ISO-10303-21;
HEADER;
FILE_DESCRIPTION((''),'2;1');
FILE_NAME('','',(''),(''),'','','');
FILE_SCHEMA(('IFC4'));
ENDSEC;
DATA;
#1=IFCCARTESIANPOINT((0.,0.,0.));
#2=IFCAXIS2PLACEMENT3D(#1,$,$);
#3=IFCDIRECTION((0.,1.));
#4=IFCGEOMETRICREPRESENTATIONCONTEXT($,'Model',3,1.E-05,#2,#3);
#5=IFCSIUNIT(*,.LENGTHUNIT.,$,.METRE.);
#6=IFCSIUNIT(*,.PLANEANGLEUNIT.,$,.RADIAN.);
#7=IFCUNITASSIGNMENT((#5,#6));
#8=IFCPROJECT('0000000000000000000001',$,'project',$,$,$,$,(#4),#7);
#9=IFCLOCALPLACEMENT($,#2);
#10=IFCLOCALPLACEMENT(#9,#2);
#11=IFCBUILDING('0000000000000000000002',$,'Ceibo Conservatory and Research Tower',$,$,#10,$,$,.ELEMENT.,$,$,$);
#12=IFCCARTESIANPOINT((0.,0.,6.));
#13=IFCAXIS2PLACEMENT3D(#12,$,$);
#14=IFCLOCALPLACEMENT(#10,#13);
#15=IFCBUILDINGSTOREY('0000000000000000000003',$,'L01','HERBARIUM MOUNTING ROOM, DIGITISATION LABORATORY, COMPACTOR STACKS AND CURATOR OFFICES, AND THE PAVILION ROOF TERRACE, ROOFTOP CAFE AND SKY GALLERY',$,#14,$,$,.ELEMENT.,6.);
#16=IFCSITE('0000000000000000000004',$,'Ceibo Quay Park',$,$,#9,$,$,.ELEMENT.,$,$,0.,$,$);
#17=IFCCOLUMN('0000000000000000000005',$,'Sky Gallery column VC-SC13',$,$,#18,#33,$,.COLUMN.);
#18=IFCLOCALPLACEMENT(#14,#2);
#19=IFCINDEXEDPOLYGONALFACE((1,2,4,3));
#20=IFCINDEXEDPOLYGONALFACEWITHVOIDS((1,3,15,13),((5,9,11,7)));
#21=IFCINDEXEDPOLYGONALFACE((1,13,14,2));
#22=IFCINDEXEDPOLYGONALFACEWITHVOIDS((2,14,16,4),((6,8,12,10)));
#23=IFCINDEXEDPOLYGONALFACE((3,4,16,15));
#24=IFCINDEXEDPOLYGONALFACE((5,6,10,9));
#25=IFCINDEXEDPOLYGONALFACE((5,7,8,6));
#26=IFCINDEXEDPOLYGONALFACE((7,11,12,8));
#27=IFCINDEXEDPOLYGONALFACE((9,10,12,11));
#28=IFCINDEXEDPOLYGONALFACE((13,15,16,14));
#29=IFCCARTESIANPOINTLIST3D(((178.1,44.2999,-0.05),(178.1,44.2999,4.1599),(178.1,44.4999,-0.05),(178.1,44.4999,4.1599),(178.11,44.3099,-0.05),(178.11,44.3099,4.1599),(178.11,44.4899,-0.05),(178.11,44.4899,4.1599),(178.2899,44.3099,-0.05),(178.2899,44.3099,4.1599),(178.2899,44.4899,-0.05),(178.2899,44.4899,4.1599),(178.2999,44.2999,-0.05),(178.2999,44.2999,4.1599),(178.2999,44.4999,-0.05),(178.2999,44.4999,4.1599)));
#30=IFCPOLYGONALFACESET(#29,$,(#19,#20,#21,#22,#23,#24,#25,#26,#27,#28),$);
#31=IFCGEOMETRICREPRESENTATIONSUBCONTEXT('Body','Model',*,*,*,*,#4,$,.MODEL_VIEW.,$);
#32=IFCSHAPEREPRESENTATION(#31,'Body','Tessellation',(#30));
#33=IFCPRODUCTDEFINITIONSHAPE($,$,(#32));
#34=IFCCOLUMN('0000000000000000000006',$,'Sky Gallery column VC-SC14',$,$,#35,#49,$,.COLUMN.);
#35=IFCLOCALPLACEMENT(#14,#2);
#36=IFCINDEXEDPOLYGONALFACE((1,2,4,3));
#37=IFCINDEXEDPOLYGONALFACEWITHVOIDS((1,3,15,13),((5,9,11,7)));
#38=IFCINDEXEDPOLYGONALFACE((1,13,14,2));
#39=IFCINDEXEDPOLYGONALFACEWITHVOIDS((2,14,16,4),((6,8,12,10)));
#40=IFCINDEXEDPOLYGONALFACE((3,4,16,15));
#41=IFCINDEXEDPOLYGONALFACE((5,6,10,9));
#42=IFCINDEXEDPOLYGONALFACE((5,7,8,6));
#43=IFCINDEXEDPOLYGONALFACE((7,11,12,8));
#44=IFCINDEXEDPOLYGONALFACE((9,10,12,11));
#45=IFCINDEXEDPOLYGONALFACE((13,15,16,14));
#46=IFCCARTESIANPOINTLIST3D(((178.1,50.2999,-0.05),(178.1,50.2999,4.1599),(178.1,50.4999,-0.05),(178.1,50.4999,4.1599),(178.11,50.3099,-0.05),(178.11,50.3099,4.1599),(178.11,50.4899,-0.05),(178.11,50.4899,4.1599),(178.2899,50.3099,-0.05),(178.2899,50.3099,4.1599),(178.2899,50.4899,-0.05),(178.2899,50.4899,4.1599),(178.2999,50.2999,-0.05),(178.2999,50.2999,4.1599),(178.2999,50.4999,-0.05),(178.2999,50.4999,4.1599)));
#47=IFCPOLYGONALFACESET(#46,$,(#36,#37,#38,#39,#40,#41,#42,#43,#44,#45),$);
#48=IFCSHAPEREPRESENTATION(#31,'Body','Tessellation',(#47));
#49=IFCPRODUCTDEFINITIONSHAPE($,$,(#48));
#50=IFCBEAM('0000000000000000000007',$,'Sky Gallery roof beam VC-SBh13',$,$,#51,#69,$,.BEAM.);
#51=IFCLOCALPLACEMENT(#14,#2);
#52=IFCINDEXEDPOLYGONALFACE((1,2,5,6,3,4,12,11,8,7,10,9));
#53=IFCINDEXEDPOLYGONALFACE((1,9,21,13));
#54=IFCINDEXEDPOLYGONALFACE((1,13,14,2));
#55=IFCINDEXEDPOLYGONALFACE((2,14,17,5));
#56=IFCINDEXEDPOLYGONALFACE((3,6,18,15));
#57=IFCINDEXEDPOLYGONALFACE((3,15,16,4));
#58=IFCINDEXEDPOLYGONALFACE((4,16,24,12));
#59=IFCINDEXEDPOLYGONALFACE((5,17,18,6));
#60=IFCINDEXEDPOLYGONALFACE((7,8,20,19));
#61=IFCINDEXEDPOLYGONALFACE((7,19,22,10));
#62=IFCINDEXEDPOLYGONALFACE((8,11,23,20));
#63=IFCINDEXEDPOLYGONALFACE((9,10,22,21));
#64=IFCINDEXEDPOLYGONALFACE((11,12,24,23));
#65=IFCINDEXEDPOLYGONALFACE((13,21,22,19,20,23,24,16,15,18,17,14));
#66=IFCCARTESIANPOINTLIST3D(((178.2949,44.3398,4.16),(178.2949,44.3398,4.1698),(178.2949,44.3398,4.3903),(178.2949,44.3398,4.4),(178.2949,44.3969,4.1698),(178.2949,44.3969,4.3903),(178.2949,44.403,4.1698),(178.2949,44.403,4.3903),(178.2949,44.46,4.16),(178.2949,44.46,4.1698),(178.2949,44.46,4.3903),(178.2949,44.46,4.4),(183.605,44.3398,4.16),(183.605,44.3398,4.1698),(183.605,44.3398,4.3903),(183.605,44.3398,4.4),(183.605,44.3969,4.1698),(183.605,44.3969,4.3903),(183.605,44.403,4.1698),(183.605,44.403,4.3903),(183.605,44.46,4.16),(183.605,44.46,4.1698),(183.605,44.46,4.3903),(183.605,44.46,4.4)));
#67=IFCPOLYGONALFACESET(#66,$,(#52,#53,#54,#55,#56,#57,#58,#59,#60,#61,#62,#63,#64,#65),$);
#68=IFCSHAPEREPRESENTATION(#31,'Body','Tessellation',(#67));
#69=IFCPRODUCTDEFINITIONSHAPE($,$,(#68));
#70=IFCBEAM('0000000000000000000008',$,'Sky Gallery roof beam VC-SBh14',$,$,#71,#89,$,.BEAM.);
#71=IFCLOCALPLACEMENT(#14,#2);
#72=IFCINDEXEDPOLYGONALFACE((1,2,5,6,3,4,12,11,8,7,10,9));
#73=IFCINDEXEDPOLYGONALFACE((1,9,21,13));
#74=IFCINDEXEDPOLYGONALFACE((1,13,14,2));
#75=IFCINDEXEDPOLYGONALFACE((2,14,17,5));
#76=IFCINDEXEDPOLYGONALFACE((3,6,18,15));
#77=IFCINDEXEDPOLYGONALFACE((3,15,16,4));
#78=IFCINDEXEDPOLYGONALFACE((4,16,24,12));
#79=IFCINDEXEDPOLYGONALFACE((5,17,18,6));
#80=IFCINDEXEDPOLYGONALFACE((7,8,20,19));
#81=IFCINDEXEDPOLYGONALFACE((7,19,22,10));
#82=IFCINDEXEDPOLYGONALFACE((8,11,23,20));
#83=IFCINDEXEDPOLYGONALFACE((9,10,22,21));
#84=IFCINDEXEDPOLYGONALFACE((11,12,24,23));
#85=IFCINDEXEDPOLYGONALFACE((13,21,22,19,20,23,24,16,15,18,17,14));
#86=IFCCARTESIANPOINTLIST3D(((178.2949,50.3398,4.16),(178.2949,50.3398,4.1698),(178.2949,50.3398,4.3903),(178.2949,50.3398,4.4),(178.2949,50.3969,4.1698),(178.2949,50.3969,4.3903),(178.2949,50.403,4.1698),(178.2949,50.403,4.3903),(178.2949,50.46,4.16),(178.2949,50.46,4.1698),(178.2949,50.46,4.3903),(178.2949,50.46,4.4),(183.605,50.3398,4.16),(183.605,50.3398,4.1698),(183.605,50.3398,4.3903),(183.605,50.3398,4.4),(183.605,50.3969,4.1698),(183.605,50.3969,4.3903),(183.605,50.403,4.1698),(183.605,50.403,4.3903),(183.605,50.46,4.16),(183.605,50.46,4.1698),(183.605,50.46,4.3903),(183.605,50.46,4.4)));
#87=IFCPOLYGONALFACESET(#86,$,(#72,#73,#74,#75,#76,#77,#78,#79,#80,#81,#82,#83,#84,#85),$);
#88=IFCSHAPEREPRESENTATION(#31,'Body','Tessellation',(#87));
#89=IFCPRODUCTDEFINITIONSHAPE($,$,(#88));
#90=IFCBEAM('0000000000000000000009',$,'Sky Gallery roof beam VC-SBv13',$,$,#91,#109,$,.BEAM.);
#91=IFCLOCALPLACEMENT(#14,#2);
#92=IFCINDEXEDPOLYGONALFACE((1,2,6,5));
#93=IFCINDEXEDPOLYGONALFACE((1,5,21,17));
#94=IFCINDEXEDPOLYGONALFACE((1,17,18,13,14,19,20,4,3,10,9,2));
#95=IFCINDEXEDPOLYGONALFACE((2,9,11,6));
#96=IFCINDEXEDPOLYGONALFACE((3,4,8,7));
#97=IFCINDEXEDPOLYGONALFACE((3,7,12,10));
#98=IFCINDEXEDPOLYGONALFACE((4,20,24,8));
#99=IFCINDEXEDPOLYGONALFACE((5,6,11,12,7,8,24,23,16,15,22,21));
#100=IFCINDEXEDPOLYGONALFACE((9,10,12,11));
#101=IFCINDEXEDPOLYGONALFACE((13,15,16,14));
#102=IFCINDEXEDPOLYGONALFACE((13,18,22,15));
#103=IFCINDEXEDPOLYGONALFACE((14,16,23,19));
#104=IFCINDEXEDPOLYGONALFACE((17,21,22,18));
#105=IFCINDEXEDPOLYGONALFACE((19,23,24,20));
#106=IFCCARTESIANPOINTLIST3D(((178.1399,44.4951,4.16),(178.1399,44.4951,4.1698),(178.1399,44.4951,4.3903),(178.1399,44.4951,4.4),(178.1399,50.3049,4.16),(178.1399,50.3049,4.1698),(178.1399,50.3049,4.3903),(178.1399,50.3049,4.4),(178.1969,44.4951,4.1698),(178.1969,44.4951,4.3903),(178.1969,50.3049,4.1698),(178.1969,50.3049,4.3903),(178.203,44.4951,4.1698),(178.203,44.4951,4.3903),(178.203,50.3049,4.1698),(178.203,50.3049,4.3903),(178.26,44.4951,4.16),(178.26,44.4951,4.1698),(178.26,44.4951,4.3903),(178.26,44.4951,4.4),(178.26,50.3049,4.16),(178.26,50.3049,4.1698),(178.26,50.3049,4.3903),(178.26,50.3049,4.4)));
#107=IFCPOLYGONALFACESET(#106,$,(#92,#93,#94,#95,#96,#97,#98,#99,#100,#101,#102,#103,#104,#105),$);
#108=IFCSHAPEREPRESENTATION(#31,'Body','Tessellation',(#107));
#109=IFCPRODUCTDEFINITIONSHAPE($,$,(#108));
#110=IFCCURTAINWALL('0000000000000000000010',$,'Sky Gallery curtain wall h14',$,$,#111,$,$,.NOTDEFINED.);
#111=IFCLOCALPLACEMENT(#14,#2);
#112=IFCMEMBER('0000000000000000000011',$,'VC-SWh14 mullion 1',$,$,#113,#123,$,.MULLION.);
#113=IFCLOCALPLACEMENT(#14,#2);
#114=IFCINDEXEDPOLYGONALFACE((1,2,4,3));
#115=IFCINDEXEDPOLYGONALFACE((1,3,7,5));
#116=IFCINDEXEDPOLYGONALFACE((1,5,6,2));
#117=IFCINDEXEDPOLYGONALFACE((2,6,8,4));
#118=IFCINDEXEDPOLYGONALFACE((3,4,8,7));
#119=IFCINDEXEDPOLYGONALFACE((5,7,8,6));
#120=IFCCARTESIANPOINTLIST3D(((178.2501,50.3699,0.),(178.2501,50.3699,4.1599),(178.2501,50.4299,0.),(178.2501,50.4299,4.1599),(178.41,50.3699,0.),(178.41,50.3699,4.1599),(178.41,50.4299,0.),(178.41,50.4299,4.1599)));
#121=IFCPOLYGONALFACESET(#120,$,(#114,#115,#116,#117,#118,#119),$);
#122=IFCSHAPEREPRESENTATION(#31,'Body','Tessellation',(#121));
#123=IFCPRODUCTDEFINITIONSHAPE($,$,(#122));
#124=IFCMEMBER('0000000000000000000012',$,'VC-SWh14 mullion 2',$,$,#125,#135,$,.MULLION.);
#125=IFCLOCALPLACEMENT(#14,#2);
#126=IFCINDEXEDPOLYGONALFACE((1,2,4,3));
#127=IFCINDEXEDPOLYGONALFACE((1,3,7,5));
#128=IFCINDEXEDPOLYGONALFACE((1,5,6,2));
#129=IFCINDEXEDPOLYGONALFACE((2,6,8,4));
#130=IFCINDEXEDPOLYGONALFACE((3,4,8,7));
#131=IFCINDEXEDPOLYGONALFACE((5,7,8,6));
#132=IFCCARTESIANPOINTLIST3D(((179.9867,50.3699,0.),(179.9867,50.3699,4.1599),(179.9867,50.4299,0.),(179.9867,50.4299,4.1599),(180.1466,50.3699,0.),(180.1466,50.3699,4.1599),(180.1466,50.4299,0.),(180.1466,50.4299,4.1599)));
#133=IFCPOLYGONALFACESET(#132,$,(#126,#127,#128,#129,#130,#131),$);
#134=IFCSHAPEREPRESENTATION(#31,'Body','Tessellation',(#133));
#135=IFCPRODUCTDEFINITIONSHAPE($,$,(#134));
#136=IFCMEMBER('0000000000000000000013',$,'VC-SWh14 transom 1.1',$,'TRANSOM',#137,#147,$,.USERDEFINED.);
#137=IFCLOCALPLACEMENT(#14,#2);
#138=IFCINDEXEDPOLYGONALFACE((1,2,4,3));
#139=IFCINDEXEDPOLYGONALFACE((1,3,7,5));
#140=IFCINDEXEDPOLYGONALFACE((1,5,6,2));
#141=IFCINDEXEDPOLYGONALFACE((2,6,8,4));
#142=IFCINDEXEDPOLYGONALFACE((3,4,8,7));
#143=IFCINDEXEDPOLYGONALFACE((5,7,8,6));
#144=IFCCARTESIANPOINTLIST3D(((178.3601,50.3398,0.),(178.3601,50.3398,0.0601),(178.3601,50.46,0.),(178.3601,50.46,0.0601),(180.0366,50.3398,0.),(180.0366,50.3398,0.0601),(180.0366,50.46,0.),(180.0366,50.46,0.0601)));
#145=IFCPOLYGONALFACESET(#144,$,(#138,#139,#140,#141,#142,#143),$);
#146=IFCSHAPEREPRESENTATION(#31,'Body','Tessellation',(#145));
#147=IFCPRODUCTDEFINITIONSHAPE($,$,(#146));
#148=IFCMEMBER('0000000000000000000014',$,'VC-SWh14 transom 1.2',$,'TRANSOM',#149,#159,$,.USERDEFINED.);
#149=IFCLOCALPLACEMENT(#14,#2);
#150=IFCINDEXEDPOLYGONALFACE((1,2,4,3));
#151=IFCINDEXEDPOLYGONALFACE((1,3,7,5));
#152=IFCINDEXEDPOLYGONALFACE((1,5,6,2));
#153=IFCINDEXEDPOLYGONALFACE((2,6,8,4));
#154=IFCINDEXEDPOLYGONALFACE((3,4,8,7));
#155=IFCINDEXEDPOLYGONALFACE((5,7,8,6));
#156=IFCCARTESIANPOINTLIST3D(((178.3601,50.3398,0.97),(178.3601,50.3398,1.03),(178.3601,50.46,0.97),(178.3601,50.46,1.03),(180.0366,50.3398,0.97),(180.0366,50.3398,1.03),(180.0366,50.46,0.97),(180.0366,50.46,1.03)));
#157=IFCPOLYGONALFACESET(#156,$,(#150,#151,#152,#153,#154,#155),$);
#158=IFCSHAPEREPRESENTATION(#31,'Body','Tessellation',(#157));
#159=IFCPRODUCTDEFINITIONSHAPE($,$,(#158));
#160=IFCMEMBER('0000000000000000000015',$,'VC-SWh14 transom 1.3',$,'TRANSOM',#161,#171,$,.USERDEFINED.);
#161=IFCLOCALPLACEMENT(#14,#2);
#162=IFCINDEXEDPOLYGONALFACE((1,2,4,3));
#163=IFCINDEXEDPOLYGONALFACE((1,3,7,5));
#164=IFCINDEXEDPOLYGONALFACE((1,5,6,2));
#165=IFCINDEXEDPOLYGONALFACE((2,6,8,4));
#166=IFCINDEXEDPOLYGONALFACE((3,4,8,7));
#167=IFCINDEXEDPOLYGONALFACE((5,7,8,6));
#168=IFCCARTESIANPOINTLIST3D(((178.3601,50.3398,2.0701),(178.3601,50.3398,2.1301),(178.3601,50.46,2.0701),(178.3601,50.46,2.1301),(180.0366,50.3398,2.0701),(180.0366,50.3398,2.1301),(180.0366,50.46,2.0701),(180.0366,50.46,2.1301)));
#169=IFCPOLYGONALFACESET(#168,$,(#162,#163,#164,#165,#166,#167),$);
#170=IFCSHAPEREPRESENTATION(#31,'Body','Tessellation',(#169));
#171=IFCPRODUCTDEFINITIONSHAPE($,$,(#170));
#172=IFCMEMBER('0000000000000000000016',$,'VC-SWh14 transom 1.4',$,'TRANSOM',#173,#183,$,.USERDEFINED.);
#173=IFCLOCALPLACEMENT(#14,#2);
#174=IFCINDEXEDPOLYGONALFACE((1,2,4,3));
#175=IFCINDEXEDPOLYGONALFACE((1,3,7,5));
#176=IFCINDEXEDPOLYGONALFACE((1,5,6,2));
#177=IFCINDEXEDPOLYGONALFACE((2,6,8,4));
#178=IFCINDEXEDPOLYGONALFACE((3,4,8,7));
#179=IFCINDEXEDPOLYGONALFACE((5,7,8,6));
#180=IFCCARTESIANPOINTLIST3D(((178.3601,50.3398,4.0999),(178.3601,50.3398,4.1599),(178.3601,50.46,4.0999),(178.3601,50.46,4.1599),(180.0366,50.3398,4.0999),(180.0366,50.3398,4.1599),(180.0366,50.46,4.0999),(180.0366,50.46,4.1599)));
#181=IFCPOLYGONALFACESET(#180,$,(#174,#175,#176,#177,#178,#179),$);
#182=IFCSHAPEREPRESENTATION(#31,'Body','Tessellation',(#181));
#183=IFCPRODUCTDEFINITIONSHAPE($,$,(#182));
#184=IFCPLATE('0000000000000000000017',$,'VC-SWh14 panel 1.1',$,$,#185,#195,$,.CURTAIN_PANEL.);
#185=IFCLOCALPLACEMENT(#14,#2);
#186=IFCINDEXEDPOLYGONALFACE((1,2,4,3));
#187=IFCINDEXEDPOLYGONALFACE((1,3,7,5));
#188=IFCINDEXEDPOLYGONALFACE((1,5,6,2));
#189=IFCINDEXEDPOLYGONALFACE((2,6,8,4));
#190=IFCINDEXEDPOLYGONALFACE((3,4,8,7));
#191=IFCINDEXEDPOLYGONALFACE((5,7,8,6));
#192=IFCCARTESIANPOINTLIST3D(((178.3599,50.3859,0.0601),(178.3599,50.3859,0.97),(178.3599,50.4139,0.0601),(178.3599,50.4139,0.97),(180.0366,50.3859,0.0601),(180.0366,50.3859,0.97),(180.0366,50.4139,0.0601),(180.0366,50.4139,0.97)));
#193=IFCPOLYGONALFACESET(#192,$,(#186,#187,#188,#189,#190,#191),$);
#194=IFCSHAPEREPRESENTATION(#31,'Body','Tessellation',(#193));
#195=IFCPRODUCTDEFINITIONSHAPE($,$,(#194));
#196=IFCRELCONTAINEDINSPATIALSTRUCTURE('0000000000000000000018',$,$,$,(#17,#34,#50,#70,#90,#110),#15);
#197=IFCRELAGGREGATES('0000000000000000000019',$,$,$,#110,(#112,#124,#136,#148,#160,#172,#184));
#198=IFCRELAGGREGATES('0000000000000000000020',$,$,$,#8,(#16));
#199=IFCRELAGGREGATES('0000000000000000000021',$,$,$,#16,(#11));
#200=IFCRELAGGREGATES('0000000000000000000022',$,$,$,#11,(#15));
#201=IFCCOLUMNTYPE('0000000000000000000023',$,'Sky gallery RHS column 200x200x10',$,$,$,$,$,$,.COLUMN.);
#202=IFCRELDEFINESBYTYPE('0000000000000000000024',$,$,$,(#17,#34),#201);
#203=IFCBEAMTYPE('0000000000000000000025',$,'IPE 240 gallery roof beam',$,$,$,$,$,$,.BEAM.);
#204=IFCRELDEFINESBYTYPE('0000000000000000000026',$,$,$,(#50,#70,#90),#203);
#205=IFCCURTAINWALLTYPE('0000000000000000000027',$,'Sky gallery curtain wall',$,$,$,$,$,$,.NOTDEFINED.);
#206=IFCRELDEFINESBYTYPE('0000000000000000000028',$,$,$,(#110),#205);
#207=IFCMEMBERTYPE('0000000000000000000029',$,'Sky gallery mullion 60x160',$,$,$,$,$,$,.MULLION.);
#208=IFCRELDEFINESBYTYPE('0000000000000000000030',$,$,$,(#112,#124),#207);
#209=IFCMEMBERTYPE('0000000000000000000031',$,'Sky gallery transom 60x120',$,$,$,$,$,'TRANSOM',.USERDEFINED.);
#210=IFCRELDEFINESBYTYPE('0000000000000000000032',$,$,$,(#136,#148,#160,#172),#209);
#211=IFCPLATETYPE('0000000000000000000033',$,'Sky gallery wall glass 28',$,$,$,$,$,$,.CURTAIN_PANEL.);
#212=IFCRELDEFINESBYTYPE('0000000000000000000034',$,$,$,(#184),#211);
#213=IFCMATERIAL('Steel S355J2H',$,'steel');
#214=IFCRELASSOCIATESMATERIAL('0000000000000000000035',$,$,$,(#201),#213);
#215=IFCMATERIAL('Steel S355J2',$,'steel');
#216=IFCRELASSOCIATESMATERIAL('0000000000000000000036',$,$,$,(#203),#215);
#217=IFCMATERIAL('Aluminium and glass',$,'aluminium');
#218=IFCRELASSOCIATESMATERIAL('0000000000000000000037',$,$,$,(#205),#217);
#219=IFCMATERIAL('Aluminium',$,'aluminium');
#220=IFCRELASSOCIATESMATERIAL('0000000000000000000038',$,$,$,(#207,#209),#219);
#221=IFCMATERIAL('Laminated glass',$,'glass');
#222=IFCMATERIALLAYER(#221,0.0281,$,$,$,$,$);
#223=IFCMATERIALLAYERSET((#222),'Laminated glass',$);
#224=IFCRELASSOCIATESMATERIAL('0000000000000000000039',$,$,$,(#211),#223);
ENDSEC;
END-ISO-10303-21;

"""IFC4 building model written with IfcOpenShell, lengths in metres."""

from ifc_helpers import new_model, si_unit, direction, frame, origin, origin_2d, place, context, subcontext, project, spatial, rectangle, hollow_rectangle, i_section, extrude, material, layer, layer_set, material_profile, profile_set, type_object, element, aggregate, save


model = new_model("IFC4")

# Units and contexts
model_context = context("Model", 3, precision=1e-05, world=origin(), true_north=direction((0.0, 1.0)))
body_context = subcontext(model_context, "Body", "Model", "MODEL_VIEW")
ifc_project = project(units=[si_unit("LENGTHUNIT", "METRE"), si_unit("PLANEANGLEUNIT", "RADIAN")], contexts=[model_context])

# Site, building, storey
site_placement = place(None, origin())
site = spatial("IfcSite", under=ifc_project, at=site_placement, Name="Ceibo Quay Park", CompositionType="ELEMENT", RefElevation=0.0)
building_placement = place(site_placement, origin())
building = spatial("IfcBuilding", under=site, at=building_placement, Name="Ceibo Conservatory and Research Tower", CompositionType="ELEMENT")
storey_placement = place(building_placement, frame((0.0, 0.0, 6.0)))
storey = spatial("IfcBuildingStorey", under=building, at=storey_placement, Name="L01", Description="HERBARIUM MOUNTING ROOM, DIGITISATION LABORATORY, COMPACTOR STACKS AND CURATOR OFFICES, AND THE PAVILION ROOF TERRACE, ROOFTOP CAFE AND SKY GALLERY", CompositionType="ELEMENT", Elevation=6.0)

# Columns
ifc_material_1 = material(Name="Steel S355J2H", Category="steel")
ifc_material_profile_1 = material_profile(ifc_material_1, hollow_rectangle(XDim=0.2, YDim=0.2, WallThickness=0.01, at=origin_2d()), Name="Sky gallery RHS column 200x200x10")
ifc_profile_set_1 = profile_set([ifc_material_profile_1], Name="Steel S355J2H")
column_type = type_object("IfcColumnType", Name="Sky gallery RHS column 200x200x10", PredefinedType="COLUMN", material=ifc_profile_set_1)
for number, where, z_axis, x_axis, name in (
    (1, (178.2, 44.3999, -0.05), (0.0, 0.0, 1.0), (1.0, 0.0, 0.0), "Sky Gallery column VC-SC13"),
    (2, (178.2, 50.3999, -0.05), (0.0, 0.0, 1.0), (1.0, 0.0, 0.0), "Sky Gallery column VC-SC14"),
):
    element("IfcColumn", number, at=place(storey_placement, frame(where, z_axis=z_axis, x_axis=x_axis)), inside=storey, type_object=column_type, Name=name, PredefinedType="COLUMN", context=body_context, shape_type="SweptSolid", body=[
        extrude(hollow_rectangle(XDim=0.2, YDim=0.2, WallThickness=0.01, at=origin_2d()), origin(), (0.0, 0.0, 1.0), 4.21),
    ])

# Beams
ifc_material_2 = material(Name="Steel S355J2", Category="steel")
ifc_material_profile_2 = material_profile(ifc_material_2, i_section(OverallWidth=0.1201, OverallDepth=0.24, WebThickness=0.0061, FlangeThickness=0.0098, at=origin_2d()), Name="IPE 240")
ifc_profile_set_2 = profile_set([ifc_material_profile_2], Name="Steel S355J2")
beam_type = type_object("IfcBeamType", Name="IPE 240 gallery roof beam", PredefinedType="BEAM", material=ifc_profile_set_2)
for number, where, z_axis, x_axis, name in (
    (3, (178.2949, 44.3999, 4.28), (1.0, 0.0, 0.0), (0.0, 1.0, 0.0), "Sky Gallery roof beam VC-SBh13"),
    (4, (178.2949, 50.3999, 4.28), (1.0, 0.0, 0.0), (0.0, 1.0, 0.0), "Sky Gallery roof beam VC-SBh14"),
):
    element("IfcBeam", number, at=place(storey_placement, frame(where, z_axis=z_axis, x_axis=x_axis)), inside=storey, type_object=beam_type, Name=name, PredefinedType="BEAM", context=body_context, shape_type="SweptSolid", body=[
        extrude(i_section(OverallWidth=0.1201, OverallDepth=0.24, WebThickness=0.0061, FlangeThickness=0.0098, at=origin_2d()), origin(), (0.0, 0.0, 1.0), 5.3101),
    ])
beam_placement = place(storey_placement, frame((178.2, 44.4951, 4.28), z_axis=(0.0, 1.0, 0.0), x_axis=(-1.0, 0.0, 0.0)))
element("IfcBeam", 5, at=beam_placement, inside=storey, type_object=beam_type, Name="Sky Gallery roof beam VC-SBv13", PredefinedType="BEAM", context=body_context, shape_type="SweptSolid", body=[
    extrude(i_section(OverallWidth=0.1201, OverallDepth=0.24, WebThickness=0.0061, FlangeThickness=0.0098, at=origin_2d()), origin(), (0.0, 0.0, 1.0), 5.8098),
])

# Curtain wall, members, plate
ifc_material_3 = material(Name="Aluminium and glass", Category="aluminium")
curtain_wall_type = type_object("IfcCurtainWallType", Name="Sky gallery curtain wall", PredefinedType="NOTDEFINED", material=ifc_material_3)
curtain_wall_placement = place(storey_placement, origin())
curtain_wall = element("IfcCurtainWall", 6, at=curtain_wall_placement, inside=storey, type_object=curtain_wall_type, Name="Sky Gallery curtain wall h14", PredefinedType="NOTDEFINED")
ifc_material_4 = material(Name="Aluminium", Category="aluminium")
ifc_material_profile_3 = material_profile(ifc_material_4, rectangle(XDim=0.0601, YDim=0.1599, at=origin_2d()), Name="AL 60x160")
ifc_profile_set_3 = profile_set([ifc_material_profile_3], Name="Aluminium")
member_type_1 = type_object("IfcMemberType", Name="Sky gallery mullion 60x160", PredefinedType="MULLION", material=ifc_profile_set_3)
member_1_placement = place(storey_placement, frame((178.3301, 50.3999, 0.0), z_axis=(0.0, 0.0, 1.0), x_axis=(0.0, 1.0, 0.0)))
member_1 = element("IfcMember", 7, at=member_1_placement, type_object=member_type_1, Name="VC-SWh14 mullion 1", PredefinedType="MULLION", context=body_context, shape_type="SweptSolid", body=[
    extrude(rectangle(XDim=0.0601, YDim=0.1599, at=origin_2d()), origin(), (0.0, 0.0, 1.0), 4.1599),
])
member_2_placement = place(storey_placement, frame((180.0667, 50.3999, 0.0), z_axis=(0.0, 0.0, 1.0), x_axis=(0.0, 1.0, 0.0)))
member_2 = element("IfcMember", 8, at=member_2_placement, type_object=member_type_1, Name="VC-SWh14 mullion 2", PredefinedType="MULLION", context=body_context, shape_type="SweptSolid", body=[
    extrude(rectangle(XDim=0.0601, YDim=0.1599, at=origin_2d()), origin(), (0.0, 0.0, 1.0), 4.1599),
])
ifc_material_profile_4 = material_profile(ifc_material_4, rectangle(XDim=0.1201, YDim=0.0601, at=origin_2d()), Name="AL 60x120")
ifc_profile_set_4 = profile_set([ifc_material_profile_4], Name="Aluminium")
member_type_2 = type_object("IfcMemberType", Name="Sky gallery transom 60x120", ElementType="TRANSOM", PredefinedType="USERDEFINED", material=ifc_profile_set_4)
member_3_placement = place(storey_placement, frame((178.3601, 50.3999, 0.03), z_axis=(1.0, 0.0, 0.0), x_axis=(0.0, 1.0, 0.0)))
member_3 = element("IfcMember", 9, at=member_3_placement, type_object=member_type_2, Name="VC-SWh14 transom 1.1", ObjectType="TRANSOM", PredefinedType="USERDEFINED", context=body_context, shape_type="SweptSolid", body=[
    extrude(rectangle(XDim=0.1201, YDim=0.0601, at=origin_2d()), origin(), (0.0, 0.0, 1.0), 1.6765),
])
member_4_placement = place(storey_placement, frame((178.3601, 50.3999, 1.0), z_axis=(1.0, 0.0, 0.0), x_axis=(0.0, 1.0, 0.0)))
member_4 = element("IfcMember", 10, at=member_4_placement, type_object=member_type_2, Name="VC-SWh14 transom 1.2", ObjectType="TRANSOM", PredefinedType="USERDEFINED", context=body_context, shape_type="SweptSolid", body=[
    extrude(rectangle(XDim=0.1201, YDim=0.0601, at=origin_2d()), origin(), (0.0, 0.0, 1.0), 1.6765),
])
member_5_placement = place(storey_placement, frame((178.3601, 50.3999, 2.1001), z_axis=(1.0, 0.0, 0.0), x_axis=(0.0, 1.0, 0.0)))
member_5 = element("IfcMember", 11, at=member_5_placement, type_object=member_type_2, Name="VC-SWh14 transom 1.3", ObjectType="TRANSOM", PredefinedType="USERDEFINED", context=body_context, shape_type="SweptSolid", body=[
    extrude(rectangle(XDim=0.1201, YDim=0.0601, at=origin_2d()), origin(), (0.0, 0.0, 1.0), 1.6765),
])
member_6_placement = place(storey_placement, frame((178.3601, 50.3999, 4.1299), z_axis=(1.0, 0.0, 0.0), x_axis=(0.0, 1.0, 0.0)))
member_6 = element("IfcMember", 12, at=member_6_placement, type_object=member_type_2, Name="VC-SWh14 transom 1.4", ObjectType="TRANSOM", PredefinedType="USERDEFINED", context=body_context, shape_type="SweptSolid", body=[
    extrude(rectangle(XDim=0.1201, YDim=0.0601, at=origin_2d()), origin(), (0.0, 0.0, 1.0), 1.6765),
])
ifc_material_5 = material(Name="Laminated glass", Category="glass")
ifc_layer_1 = layer(ifc_material_5, 0.0281)
ifc_layer_set_1 = layer_set([ifc_layer_1], Name="Laminated glass")
plate_type = type_object("IfcPlateType", Name="Sky gallery wall glass 28", PredefinedType="CURTAIN_PANEL", material=ifc_layer_set_1)
plate_1_placement = place(storey_placement, frame((179.1982, 50.3999, 0.0601), z_axis=(0.0, 0.0, 1.0), x_axis=(1.0, 0.0, 0.0)))
plate_1 = element("IfcPlate", 13, at=plate_1_placement, type_object=plate_type, Name="VC-SWh14 panel 1.1", PredefinedType="CURTAIN_PANEL", context=body_context, shape_type="SweptSolid", body=[
    extrude(rectangle(XDim=1.6768, YDim=0.0281, at=origin_2d()), origin(), (0.0, 0.0, 1.0), 0.9099),
])
aggregate(curtain_wall, [member_1, member_2, member_3, member_4, member_5, member_6, plate_1])

save(model, "model.ifc")
